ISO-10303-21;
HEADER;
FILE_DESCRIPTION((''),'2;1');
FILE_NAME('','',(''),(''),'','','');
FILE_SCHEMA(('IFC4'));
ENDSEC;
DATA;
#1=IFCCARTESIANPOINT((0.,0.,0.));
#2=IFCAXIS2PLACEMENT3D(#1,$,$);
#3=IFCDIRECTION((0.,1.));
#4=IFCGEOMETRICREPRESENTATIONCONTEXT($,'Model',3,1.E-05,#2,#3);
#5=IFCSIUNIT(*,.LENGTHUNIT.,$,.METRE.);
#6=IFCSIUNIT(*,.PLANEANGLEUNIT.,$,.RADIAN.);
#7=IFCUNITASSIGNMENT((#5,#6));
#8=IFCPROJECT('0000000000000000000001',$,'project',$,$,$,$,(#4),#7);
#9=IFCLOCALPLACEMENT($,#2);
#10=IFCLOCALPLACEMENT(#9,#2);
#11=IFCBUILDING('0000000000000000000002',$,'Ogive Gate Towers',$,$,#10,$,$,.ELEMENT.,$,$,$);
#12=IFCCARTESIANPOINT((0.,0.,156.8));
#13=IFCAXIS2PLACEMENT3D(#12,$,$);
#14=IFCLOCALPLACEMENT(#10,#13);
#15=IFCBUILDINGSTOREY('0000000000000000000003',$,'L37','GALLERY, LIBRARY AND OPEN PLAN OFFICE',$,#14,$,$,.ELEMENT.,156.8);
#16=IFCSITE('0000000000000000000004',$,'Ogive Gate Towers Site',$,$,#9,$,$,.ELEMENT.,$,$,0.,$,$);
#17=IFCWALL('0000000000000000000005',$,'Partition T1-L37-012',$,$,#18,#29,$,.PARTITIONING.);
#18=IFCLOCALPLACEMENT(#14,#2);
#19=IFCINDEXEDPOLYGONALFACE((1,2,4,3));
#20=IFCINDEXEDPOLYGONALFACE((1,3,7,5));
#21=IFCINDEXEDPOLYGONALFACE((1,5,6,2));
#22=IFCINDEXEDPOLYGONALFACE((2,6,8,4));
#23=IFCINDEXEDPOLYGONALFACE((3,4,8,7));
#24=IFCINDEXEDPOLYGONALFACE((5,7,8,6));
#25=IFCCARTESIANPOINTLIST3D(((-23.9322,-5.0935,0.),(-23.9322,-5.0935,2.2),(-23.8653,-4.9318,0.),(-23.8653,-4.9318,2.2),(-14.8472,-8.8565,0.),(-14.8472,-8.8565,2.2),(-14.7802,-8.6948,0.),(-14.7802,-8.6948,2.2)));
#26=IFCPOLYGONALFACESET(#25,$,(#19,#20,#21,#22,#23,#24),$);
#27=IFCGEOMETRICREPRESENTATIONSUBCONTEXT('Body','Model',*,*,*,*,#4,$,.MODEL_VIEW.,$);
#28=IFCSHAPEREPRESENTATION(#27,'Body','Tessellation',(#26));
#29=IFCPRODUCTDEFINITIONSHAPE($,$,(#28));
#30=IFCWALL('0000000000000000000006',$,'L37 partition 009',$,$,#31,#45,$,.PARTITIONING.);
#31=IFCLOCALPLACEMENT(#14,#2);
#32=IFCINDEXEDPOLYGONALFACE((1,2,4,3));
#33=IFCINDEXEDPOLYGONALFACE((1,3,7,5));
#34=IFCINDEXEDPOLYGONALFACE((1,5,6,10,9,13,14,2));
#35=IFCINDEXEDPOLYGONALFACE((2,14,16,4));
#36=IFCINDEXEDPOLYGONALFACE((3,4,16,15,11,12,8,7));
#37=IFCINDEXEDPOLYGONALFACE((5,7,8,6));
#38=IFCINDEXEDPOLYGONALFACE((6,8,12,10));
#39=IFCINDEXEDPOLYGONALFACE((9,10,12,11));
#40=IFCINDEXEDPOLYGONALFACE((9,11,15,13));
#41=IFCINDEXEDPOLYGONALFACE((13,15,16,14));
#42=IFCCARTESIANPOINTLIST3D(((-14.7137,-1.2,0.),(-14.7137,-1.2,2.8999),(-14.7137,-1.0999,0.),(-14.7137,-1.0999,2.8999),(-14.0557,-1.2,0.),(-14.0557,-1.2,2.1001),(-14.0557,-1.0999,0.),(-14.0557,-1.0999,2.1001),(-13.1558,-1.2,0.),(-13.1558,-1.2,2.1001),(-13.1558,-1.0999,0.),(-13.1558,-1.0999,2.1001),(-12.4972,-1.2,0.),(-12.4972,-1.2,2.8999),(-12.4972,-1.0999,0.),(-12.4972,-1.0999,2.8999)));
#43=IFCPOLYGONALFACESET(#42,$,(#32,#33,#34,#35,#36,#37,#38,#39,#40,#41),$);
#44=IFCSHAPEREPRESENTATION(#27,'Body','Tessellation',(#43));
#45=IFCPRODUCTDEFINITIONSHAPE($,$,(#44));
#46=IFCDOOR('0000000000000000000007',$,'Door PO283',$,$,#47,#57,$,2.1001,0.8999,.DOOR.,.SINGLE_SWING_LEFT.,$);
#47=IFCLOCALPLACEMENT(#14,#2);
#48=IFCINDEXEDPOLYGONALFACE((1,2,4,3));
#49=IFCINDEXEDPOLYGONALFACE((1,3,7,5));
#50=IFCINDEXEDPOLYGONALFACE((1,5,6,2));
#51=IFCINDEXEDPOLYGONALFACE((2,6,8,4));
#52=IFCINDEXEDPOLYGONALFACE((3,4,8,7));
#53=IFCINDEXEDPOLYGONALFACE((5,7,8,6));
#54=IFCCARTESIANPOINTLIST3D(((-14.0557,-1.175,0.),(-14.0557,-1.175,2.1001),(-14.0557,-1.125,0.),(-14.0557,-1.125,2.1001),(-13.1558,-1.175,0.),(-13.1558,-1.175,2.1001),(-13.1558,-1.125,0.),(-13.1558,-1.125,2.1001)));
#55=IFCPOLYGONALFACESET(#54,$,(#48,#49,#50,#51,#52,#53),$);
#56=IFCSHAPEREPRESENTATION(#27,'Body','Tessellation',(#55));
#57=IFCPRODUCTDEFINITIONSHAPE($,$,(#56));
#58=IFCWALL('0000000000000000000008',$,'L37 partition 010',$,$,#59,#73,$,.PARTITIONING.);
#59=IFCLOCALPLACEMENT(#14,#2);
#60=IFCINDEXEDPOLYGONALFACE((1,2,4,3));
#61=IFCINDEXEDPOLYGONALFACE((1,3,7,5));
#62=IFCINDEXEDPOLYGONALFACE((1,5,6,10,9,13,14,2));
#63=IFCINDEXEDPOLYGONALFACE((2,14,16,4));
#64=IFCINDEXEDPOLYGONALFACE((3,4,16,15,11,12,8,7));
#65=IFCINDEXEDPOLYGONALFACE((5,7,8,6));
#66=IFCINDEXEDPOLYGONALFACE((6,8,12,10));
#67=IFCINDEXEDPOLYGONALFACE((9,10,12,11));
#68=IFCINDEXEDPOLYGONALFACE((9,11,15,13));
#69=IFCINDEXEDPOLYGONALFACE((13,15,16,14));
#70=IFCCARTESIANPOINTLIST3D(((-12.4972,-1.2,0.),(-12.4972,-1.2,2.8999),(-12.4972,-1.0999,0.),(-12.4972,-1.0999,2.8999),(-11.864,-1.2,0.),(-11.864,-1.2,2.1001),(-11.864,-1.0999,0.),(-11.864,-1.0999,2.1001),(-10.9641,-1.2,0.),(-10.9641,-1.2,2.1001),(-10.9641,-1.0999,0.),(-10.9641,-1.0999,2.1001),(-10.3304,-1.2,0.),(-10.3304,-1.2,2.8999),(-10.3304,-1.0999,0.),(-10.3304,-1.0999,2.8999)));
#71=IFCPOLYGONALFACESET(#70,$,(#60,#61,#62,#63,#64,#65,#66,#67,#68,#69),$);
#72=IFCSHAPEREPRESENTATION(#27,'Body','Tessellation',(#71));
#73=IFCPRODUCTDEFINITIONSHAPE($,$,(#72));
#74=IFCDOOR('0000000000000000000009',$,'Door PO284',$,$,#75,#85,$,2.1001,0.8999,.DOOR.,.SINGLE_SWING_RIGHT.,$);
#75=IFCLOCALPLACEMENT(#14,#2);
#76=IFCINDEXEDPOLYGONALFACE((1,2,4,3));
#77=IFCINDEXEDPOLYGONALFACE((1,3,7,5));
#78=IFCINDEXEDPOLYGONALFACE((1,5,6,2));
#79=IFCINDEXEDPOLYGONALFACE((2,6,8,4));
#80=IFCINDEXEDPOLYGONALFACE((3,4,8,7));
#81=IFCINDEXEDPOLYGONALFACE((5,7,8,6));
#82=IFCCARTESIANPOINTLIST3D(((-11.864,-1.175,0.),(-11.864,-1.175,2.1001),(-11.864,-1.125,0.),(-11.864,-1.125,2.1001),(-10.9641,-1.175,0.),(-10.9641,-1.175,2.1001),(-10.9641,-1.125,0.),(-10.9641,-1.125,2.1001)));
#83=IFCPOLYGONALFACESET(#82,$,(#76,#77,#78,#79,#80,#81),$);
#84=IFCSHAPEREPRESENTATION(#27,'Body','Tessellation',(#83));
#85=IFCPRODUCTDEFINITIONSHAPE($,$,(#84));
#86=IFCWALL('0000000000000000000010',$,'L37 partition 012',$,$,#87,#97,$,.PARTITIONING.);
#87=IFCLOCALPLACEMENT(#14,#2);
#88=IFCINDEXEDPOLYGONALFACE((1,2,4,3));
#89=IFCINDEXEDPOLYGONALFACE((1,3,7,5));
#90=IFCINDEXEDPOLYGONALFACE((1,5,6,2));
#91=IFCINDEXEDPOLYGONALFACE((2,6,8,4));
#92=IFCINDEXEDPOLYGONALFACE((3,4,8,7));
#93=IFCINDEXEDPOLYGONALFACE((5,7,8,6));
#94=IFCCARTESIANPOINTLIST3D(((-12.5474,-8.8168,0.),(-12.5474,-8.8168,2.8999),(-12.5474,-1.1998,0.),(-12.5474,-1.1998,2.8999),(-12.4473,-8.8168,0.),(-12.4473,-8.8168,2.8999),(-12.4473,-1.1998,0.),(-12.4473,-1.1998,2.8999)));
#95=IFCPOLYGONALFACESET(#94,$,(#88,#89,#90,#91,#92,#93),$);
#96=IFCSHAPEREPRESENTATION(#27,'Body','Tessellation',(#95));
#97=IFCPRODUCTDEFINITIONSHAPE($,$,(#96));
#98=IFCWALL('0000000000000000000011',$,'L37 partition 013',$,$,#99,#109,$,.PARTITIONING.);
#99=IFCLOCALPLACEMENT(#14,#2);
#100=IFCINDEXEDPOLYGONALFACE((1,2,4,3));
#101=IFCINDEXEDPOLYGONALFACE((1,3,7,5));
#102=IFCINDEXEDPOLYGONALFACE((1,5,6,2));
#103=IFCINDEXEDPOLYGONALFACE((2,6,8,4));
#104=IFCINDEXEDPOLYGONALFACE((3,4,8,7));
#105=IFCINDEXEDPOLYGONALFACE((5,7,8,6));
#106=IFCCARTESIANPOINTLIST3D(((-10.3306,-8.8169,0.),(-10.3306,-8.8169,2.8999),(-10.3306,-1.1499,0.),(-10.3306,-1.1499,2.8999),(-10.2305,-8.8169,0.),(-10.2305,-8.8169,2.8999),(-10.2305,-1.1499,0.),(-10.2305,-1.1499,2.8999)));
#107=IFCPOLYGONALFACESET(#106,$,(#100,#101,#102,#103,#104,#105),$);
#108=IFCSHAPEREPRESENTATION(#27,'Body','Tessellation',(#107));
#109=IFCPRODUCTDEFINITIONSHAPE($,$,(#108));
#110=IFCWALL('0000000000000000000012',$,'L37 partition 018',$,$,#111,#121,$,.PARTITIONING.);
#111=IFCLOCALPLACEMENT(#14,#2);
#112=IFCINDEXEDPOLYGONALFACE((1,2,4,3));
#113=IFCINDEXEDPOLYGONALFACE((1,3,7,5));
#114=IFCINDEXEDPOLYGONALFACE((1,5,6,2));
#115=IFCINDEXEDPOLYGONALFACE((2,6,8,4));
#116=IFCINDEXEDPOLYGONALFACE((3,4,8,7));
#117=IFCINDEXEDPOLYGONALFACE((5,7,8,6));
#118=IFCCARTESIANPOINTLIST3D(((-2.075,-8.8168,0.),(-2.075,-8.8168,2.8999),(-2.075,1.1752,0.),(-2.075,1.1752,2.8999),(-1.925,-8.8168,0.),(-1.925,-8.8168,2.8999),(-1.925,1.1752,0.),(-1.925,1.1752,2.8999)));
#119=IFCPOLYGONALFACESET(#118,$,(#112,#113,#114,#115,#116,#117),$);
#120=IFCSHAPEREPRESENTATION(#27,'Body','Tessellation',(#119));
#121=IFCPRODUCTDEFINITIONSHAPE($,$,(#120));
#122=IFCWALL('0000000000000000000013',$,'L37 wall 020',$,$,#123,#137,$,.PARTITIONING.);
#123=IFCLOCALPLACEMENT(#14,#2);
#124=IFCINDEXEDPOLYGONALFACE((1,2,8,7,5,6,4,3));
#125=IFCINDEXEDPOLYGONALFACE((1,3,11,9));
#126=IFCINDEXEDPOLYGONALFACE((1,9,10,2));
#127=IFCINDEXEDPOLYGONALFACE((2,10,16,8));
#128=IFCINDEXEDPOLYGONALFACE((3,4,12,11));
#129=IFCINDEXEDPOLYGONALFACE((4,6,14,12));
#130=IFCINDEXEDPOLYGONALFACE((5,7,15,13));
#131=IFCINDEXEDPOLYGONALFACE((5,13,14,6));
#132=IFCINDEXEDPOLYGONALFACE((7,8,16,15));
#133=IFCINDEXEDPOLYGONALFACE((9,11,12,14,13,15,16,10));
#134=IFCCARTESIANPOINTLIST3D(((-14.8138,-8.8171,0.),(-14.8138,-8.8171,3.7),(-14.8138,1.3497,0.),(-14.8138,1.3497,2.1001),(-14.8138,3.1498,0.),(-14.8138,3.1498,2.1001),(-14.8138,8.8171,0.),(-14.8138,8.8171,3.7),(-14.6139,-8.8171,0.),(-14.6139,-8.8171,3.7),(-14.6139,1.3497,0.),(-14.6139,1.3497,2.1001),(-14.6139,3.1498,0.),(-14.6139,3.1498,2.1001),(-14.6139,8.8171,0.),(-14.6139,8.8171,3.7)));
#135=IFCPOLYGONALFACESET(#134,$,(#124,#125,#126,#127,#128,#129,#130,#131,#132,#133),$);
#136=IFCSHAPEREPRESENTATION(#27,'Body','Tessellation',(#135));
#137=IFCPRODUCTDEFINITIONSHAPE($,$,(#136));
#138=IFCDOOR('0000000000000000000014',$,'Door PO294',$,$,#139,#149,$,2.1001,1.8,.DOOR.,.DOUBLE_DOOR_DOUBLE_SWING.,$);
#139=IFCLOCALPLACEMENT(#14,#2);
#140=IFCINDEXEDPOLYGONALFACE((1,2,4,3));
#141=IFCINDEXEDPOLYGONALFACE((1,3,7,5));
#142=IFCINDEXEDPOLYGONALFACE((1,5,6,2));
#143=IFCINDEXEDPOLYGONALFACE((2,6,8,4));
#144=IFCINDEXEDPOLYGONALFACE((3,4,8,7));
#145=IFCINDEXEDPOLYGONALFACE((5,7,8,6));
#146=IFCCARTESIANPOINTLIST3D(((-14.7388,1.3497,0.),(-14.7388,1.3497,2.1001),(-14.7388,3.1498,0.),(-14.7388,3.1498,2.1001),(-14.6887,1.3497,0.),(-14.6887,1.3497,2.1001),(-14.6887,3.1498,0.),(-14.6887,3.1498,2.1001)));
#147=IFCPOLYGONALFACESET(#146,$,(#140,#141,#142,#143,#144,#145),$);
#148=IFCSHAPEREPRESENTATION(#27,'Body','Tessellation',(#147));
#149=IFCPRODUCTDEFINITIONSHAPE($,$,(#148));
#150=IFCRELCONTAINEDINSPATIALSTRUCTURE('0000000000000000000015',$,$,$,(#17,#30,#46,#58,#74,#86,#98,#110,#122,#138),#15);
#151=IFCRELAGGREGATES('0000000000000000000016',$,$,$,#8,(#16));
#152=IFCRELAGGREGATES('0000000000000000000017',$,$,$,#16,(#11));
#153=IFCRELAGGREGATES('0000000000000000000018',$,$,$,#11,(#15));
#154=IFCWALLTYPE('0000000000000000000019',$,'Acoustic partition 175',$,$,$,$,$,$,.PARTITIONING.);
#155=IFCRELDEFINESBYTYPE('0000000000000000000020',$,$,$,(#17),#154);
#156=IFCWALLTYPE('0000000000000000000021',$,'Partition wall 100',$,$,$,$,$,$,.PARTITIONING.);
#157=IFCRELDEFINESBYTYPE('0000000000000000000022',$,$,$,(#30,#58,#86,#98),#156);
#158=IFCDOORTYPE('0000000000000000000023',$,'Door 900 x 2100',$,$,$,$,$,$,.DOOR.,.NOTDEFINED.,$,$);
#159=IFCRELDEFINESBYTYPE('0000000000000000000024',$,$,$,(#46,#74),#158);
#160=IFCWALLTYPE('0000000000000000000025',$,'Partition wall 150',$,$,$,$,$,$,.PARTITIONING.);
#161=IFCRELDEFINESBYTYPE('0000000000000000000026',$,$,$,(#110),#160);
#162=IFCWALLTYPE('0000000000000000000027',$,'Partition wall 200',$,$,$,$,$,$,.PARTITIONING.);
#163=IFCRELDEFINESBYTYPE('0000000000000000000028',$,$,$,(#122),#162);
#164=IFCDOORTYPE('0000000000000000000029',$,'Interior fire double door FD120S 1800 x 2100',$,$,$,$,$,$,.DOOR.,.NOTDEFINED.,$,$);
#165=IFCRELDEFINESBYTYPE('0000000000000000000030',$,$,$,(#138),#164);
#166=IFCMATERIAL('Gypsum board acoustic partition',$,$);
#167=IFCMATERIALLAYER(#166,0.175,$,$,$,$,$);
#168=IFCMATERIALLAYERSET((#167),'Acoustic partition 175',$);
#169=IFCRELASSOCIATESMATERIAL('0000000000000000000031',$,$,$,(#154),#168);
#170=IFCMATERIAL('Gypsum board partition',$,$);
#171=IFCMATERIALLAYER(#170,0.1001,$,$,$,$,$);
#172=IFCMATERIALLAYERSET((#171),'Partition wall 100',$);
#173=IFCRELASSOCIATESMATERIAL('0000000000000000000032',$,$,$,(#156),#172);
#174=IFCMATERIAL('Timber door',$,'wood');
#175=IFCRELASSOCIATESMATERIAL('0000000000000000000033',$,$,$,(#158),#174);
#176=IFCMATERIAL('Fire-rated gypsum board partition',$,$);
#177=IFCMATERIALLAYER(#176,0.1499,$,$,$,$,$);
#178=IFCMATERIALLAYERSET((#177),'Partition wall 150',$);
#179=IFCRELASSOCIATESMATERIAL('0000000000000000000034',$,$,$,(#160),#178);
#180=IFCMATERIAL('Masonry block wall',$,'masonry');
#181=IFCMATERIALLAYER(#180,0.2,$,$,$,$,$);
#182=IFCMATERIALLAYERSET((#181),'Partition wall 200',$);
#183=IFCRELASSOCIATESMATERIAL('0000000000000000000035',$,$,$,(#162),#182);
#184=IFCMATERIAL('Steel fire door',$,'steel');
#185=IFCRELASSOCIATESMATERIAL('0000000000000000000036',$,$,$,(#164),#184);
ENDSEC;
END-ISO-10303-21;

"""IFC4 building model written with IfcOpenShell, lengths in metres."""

from ifc_helpers import new_model, si_unit, direction, frame, frame_2d, origin, place, context, subcontext, project, spatial, rectangle, extrude, material, layer, layer_set, type_object, element, fill, save


model = new_model("IFC4")

# Units and contexts
model_context = context("Model", 3, precision=1e-05, world=origin(), true_north=direction((0.0, 1.0)))
body_context = subcontext(model_context, "Body", "Model", "MODEL_VIEW")
ifc_project = project(units=[si_unit("LENGTHUNIT", "METRE"), si_unit("PLANEANGLEUNIT", "RADIAN")], contexts=[model_context])

# Site, building, storey
site_placement = place(None, origin())
site = spatial("IfcSite", under=ifc_project, at=site_placement, Name="Ogive Gate Towers Site", CompositionType="ELEMENT", RefElevation=0.0)
building_placement = place(site_placement, origin())
building = spatial("IfcBuilding", under=site, at=building_placement, Name="Ogive Gate Towers", CompositionType="ELEMENT")
storey_placement = place(building_placement, frame((0.0, 0.0, 156.8)))
storey = spatial("IfcBuildingStorey", under=building, at=storey_placement, Name="L37", Description="GALLERY, LIBRARY AND OPEN PLAN OFFICE", CompositionType="ELEMENT", Elevation=156.8)

# Wall
ifc_material_1 = material(Name="Gypsum board acoustic partition")
ifc_layer_1 = layer(ifc_material_1, 0.175)
ifc_layer_set_1 = layer_set([ifc_layer_1], Name="Acoustic partition 175")
wall_type_1 = type_object("IfcWallType", Name="Acoustic partition 175", PredefinedType="PARTITIONING", material=ifc_layer_set_1)
wall_1_placement = place(storey_placement, frame((-14.8137, -8.7756, 0.0), z_axis=(0.0, 0.0, 1.0), x_axis=(-0.923886, 0.382668, 0.0)))
element("IfcWall", 1, at=wall_1_placement, inside=storey, type_object=wall_type_1, Name="Partition T1-L37-012", PredefinedType="PARTITIONING", context=body_context, shape_type="SweptSolid", body=[
    extrude(rectangle(XDim=9.8335, YDim=0.175, at=frame_2d((4.9167, 0.0))), origin(), (0.0, 0.0, 1.0), 2.2),
])

# Walls, openings, doors
ifc_material_2 = material(Name="Gypsum board partition")
ifc_layer_2 = layer(ifc_material_2, 0.1001)
ifc_layer_set_2 = layer_set([ifc_layer_2], Name="Partition wall 100")
wall_type_2 = type_object("IfcWallType", Name="Partition wall 100", PredefinedType="PARTITIONING", material=ifc_layer_set_2)
wall_2_placement = place(storey_placement, frame((-14.7139, -1.1499, 0.0), z_axis=(0.0, 0.0, 1.0), x_axis=(1.0, 0.0, 0.0)))
wall_2 = element("IfcWall", 2, at=wall_2_placement, inside=storey, type_object=wall_type_2, Name="L37 partition 009", PredefinedType="PARTITIONING", context=body_context, shape_type="SweptSolid", body=[
    extrude(rectangle(XDim=2.2166, YDim=0.1001, at=frame_2d((1.1084, 0.0))), origin(), (0.0, 0.0, 1.0), 2.8999),
])
opening_1_placement = place(wall_2_placement, frame((0.6582, 0.0, 0.0)))
opening_1 = element("IfcOpeningElement", 3, at=opening_1_placement, cuts=wall_2, PredefinedType="OPENING", context=body_context, shape_type="SweptSolid", body=[
    extrude(rectangle(XDim=0.8999, YDim=2.1001, at=frame_2d((0.45, 1.05))), frame((0.0, 0.0601, 0.0), z_axis=(0.0, -1.0, 0.0), x_axis=(1.0, 0.0, 0.0)), (0.0, 0.0, 1.0), 0.1201),
])
ifc_material_3 = material(Name="Timber door", Category="wood")
door_type_1 = type_object("IfcDoorType", Name="Door 900 x 2100", OperationType="NOTDEFINED", PredefinedType="DOOR", material=ifc_material_3)
door_1_placement = place(opening_1_placement, origin())
door_1 = element("IfcDoor", 4, at=door_1_placement, inside=storey, type_object=door_type_1, Name="Door PO283", OperationType="SINGLE_SWING_LEFT", OverallHeight=2.1001, OverallWidth=0.8999, PredefinedType="DOOR", context=body_context, shape_type="SweptSolid", body=[
    extrude(rectangle(XDim=0.8999, YDim=2.1001, at=frame_2d((0.45, 1.05))), frame((0.0, 0.0249, 0.0), z_axis=(0.0, -1.0, 0.0), x_axis=(1.0, 0.0, 0.0)), (0.0, 0.0, 1.0), 0.05),
])
fill(opening_1, door_1)
wall_3_placement = place(storey_placement, frame((-12.4973, -1.1499, 0.0), z_axis=(0.0, 0.0, 1.0), x_axis=(1.0, 0.0, 0.0)))
wall_3 = element("IfcWall", 5, at=wall_3_placement, inside=storey, type_object=wall_type_2, Name="L37 partition 010", PredefinedType="PARTITIONING", context=body_context, shape_type="SweptSolid", body=[
    extrude(rectangle(XDim=2.1667, YDim=0.1001, at=frame_2d((1.0835, 0.0))), origin(), (0.0, 0.0, 1.0), 2.8999),
])
opening_2_placement = place(wall_3_placement, frame((0.6333, 0.0, 0.0)))
opening_2 = element("IfcOpeningElement", 6, at=opening_2_placement, cuts=wall_3, PredefinedType="OPENING", context=body_context, shape_type="SweptSolid", body=[
    extrude(rectangle(XDim=0.8999, YDim=2.1001, at=frame_2d((0.45, 1.05))), frame((0.0, 0.0601, 0.0), z_axis=(0.0, -1.0, 0.0), x_axis=(1.0, 0.0, 0.0)), (0.0, 0.0, 1.0), 0.1201),
])
door_2_placement = place(opening_2_placement, origin())
door_2 = element("IfcDoor", 7, at=door_2_placement, inside=storey, type_object=door_type_1, Name="Door PO284", OperationType="SINGLE_SWING_RIGHT", OverallHeight=2.1001, OverallWidth=0.8999, PredefinedType="DOOR", context=body_context, shape_type="SweptSolid", body=[
    extrude(rectangle(XDim=0.8999, YDim=2.1001, at=frame_2d((0.45, 1.05))), frame((0.0, 0.0249, 0.0), z_axis=(0.0, -1.0, 0.0), x_axis=(1.0, 0.0, 0.0)), (0.0, 0.0, 1.0), 0.05),
])
fill(opening_2, door_2)

# Walls
wall_4_placement = place(storey_placement, frame((-12.4973, -8.8169, 0.0), z_axis=(0.0, 0.0, 1.0), x_axis=(0.0, 1.0, 0.0)))
element("IfcWall", 8, at=wall_4_placement, inside=storey, type_object=wall_type_2, Name="L37 partition 012", PredefinedType="PARTITIONING", context=body_context, shape_type="SweptSolid", body=[
    extrude(rectangle(XDim=7.6169, YDim=0.1001, at=frame_2d((3.8086, 0.0))), origin(), (0.0, 0.0, 1.0), 2.8999),
])
wall_5_placement = place(storey_placement, frame((-10.2805, -8.8169, 0.0), z_axis=(0.0, 0.0, 1.0), x_axis=(0.0, 1.0, 0.0)))
element("IfcWall", 9, at=wall_5_placement, inside=storey, type_object=wall_type_2, Name="L37 partition 013", PredefinedType="PARTITIONING", context=body_context, shape_type="SweptSolid", body=[
    extrude(rectangle(XDim=7.667, YDim=0.1001, at=frame_2d((3.8335, 0.0))), origin(), (0.0, 0.0, 1.0), 2.8999),
])
ifc_material_4 = material(Name="Fire-rated gypsum board partition")
ifc_layer_3 = layer(ifc_material_4, 0.1499)
ifc_layer_set_3 = layer_set([ifc_layer_3], Name="Partition wall 150")
wall_type_3 = type_object("IfcWallType", Name="Partition wall 150", PredefinedType="PARTITIONING", material=ifc_layer_set_3)
wall_6_placement = place(storey_placement, frame((-2.0, -8.8169, 0.0), z_axis=(0.0, 0.0, 1.0), x_axis=(0.0, 1.0, 0.0)))
element("IfcWall", 10, at=wall_6_placement, inside=storey, type_object=wall_type_3, Name="L37 partition 018", PredefinedType="PARTITIONING", context=body_context, shape_type="SweptSolid", body=[
    extrude(rectangle(XDim=9.9919, YDim=0.1499, at=frame_2d((4.9961, 0.0))), origin(), (0.0, 0.0, 1.0), 2.8999),
])

# Wall, opening, door
ifc_material_5 = material(Name="Masonry block wall", Category="masonry")
ifc_layer_4 = layer(ifc_material_5, 0.2)
ifc_layer_set_4 = layer_set([ifc_layer_4], Name="Partition wall 200")
wall_type_4 = type_object("IfcWallType", Name="Partition wall 200", PredefinedType="PARTITIONING", material=ifc_layer_set_4)
wall_7_placement = place(storey_placement, frame((-14.7139, -8.8171, 0.0), z_axis=(0.0, 0.0, 1.0), x_axis=(0.0, 1.0, 0.0)))
wall_7 = element("IfcWall", 11, at=wall_7_placement, inside=storey, type_object=wall_type_4, Name="L37 wall 020", PredefinedType="PARTITIONING", context=body_context, shape_type="SweptSolid", body=[
    extrude(rectangle(XDim=17.6343, YDim=0.2, at=frame_2d((8.8171, 0.0))), origin(), (0.0, 0.0, 1.0), 3.7),
])
opening_3_placement = place(wall_7_placement, frame((10.167, 0.0, 0.0)))
opening_3 = element("IfcOpeningElement", 12, at=opening_3_placement, cuts=wall_7, PredefinedType="OPENING", context=body_context, shape_type="SweptSolid", body=[
    extrude(rectangle(XDim=1.8, YDim=2.1001, at=frame_2d((0.8999, 1.05))), frame((0.0, 0.1099, 0.0), z_axis=(0.0, -1.0, 0.0), x_axis=(1.0, 0.0, 0.0)), (0.0, 0.0, 1.0), 0.22),
])
ifc_material_6 = material(Name="Steel fire door", Category="steel")
door_type_2 = type_object("IfcDoorType", Name="Interior fire double door FD120S 1800 x 2100", OperationType="NOTDEFINED", PredefinedType="DOOR", material=ifc_material_6)
door_3_placement = place(opening_3_placement, origin())
door_3 = element("IfcDoor", 13, at=door_3_placement, inside=storey, type_object=door_type_2, Name="Door PO294", OperationType="DOUBLE_DOOR_DOUBLE_SWING", OverallHeight=2.1001, OverallWidth=1.8, PredefinedType="DOOR", context=body_context, shape_type="SweptSolid", body=[
    extrude(rectangle(XDim=1.8, YDim=2.1001, at=frame_2d((0.8999, 1.05))), frame((0.0, 0.0249, 0.0), z_axis=(0.0, -1.0, 0.0), x_axis=(1.0, 0.0, 0.0)), (0.0, 0.0, 1.0), 0.05),
])
fill(opening_3, door_3)

save(model, "model.ifc")
